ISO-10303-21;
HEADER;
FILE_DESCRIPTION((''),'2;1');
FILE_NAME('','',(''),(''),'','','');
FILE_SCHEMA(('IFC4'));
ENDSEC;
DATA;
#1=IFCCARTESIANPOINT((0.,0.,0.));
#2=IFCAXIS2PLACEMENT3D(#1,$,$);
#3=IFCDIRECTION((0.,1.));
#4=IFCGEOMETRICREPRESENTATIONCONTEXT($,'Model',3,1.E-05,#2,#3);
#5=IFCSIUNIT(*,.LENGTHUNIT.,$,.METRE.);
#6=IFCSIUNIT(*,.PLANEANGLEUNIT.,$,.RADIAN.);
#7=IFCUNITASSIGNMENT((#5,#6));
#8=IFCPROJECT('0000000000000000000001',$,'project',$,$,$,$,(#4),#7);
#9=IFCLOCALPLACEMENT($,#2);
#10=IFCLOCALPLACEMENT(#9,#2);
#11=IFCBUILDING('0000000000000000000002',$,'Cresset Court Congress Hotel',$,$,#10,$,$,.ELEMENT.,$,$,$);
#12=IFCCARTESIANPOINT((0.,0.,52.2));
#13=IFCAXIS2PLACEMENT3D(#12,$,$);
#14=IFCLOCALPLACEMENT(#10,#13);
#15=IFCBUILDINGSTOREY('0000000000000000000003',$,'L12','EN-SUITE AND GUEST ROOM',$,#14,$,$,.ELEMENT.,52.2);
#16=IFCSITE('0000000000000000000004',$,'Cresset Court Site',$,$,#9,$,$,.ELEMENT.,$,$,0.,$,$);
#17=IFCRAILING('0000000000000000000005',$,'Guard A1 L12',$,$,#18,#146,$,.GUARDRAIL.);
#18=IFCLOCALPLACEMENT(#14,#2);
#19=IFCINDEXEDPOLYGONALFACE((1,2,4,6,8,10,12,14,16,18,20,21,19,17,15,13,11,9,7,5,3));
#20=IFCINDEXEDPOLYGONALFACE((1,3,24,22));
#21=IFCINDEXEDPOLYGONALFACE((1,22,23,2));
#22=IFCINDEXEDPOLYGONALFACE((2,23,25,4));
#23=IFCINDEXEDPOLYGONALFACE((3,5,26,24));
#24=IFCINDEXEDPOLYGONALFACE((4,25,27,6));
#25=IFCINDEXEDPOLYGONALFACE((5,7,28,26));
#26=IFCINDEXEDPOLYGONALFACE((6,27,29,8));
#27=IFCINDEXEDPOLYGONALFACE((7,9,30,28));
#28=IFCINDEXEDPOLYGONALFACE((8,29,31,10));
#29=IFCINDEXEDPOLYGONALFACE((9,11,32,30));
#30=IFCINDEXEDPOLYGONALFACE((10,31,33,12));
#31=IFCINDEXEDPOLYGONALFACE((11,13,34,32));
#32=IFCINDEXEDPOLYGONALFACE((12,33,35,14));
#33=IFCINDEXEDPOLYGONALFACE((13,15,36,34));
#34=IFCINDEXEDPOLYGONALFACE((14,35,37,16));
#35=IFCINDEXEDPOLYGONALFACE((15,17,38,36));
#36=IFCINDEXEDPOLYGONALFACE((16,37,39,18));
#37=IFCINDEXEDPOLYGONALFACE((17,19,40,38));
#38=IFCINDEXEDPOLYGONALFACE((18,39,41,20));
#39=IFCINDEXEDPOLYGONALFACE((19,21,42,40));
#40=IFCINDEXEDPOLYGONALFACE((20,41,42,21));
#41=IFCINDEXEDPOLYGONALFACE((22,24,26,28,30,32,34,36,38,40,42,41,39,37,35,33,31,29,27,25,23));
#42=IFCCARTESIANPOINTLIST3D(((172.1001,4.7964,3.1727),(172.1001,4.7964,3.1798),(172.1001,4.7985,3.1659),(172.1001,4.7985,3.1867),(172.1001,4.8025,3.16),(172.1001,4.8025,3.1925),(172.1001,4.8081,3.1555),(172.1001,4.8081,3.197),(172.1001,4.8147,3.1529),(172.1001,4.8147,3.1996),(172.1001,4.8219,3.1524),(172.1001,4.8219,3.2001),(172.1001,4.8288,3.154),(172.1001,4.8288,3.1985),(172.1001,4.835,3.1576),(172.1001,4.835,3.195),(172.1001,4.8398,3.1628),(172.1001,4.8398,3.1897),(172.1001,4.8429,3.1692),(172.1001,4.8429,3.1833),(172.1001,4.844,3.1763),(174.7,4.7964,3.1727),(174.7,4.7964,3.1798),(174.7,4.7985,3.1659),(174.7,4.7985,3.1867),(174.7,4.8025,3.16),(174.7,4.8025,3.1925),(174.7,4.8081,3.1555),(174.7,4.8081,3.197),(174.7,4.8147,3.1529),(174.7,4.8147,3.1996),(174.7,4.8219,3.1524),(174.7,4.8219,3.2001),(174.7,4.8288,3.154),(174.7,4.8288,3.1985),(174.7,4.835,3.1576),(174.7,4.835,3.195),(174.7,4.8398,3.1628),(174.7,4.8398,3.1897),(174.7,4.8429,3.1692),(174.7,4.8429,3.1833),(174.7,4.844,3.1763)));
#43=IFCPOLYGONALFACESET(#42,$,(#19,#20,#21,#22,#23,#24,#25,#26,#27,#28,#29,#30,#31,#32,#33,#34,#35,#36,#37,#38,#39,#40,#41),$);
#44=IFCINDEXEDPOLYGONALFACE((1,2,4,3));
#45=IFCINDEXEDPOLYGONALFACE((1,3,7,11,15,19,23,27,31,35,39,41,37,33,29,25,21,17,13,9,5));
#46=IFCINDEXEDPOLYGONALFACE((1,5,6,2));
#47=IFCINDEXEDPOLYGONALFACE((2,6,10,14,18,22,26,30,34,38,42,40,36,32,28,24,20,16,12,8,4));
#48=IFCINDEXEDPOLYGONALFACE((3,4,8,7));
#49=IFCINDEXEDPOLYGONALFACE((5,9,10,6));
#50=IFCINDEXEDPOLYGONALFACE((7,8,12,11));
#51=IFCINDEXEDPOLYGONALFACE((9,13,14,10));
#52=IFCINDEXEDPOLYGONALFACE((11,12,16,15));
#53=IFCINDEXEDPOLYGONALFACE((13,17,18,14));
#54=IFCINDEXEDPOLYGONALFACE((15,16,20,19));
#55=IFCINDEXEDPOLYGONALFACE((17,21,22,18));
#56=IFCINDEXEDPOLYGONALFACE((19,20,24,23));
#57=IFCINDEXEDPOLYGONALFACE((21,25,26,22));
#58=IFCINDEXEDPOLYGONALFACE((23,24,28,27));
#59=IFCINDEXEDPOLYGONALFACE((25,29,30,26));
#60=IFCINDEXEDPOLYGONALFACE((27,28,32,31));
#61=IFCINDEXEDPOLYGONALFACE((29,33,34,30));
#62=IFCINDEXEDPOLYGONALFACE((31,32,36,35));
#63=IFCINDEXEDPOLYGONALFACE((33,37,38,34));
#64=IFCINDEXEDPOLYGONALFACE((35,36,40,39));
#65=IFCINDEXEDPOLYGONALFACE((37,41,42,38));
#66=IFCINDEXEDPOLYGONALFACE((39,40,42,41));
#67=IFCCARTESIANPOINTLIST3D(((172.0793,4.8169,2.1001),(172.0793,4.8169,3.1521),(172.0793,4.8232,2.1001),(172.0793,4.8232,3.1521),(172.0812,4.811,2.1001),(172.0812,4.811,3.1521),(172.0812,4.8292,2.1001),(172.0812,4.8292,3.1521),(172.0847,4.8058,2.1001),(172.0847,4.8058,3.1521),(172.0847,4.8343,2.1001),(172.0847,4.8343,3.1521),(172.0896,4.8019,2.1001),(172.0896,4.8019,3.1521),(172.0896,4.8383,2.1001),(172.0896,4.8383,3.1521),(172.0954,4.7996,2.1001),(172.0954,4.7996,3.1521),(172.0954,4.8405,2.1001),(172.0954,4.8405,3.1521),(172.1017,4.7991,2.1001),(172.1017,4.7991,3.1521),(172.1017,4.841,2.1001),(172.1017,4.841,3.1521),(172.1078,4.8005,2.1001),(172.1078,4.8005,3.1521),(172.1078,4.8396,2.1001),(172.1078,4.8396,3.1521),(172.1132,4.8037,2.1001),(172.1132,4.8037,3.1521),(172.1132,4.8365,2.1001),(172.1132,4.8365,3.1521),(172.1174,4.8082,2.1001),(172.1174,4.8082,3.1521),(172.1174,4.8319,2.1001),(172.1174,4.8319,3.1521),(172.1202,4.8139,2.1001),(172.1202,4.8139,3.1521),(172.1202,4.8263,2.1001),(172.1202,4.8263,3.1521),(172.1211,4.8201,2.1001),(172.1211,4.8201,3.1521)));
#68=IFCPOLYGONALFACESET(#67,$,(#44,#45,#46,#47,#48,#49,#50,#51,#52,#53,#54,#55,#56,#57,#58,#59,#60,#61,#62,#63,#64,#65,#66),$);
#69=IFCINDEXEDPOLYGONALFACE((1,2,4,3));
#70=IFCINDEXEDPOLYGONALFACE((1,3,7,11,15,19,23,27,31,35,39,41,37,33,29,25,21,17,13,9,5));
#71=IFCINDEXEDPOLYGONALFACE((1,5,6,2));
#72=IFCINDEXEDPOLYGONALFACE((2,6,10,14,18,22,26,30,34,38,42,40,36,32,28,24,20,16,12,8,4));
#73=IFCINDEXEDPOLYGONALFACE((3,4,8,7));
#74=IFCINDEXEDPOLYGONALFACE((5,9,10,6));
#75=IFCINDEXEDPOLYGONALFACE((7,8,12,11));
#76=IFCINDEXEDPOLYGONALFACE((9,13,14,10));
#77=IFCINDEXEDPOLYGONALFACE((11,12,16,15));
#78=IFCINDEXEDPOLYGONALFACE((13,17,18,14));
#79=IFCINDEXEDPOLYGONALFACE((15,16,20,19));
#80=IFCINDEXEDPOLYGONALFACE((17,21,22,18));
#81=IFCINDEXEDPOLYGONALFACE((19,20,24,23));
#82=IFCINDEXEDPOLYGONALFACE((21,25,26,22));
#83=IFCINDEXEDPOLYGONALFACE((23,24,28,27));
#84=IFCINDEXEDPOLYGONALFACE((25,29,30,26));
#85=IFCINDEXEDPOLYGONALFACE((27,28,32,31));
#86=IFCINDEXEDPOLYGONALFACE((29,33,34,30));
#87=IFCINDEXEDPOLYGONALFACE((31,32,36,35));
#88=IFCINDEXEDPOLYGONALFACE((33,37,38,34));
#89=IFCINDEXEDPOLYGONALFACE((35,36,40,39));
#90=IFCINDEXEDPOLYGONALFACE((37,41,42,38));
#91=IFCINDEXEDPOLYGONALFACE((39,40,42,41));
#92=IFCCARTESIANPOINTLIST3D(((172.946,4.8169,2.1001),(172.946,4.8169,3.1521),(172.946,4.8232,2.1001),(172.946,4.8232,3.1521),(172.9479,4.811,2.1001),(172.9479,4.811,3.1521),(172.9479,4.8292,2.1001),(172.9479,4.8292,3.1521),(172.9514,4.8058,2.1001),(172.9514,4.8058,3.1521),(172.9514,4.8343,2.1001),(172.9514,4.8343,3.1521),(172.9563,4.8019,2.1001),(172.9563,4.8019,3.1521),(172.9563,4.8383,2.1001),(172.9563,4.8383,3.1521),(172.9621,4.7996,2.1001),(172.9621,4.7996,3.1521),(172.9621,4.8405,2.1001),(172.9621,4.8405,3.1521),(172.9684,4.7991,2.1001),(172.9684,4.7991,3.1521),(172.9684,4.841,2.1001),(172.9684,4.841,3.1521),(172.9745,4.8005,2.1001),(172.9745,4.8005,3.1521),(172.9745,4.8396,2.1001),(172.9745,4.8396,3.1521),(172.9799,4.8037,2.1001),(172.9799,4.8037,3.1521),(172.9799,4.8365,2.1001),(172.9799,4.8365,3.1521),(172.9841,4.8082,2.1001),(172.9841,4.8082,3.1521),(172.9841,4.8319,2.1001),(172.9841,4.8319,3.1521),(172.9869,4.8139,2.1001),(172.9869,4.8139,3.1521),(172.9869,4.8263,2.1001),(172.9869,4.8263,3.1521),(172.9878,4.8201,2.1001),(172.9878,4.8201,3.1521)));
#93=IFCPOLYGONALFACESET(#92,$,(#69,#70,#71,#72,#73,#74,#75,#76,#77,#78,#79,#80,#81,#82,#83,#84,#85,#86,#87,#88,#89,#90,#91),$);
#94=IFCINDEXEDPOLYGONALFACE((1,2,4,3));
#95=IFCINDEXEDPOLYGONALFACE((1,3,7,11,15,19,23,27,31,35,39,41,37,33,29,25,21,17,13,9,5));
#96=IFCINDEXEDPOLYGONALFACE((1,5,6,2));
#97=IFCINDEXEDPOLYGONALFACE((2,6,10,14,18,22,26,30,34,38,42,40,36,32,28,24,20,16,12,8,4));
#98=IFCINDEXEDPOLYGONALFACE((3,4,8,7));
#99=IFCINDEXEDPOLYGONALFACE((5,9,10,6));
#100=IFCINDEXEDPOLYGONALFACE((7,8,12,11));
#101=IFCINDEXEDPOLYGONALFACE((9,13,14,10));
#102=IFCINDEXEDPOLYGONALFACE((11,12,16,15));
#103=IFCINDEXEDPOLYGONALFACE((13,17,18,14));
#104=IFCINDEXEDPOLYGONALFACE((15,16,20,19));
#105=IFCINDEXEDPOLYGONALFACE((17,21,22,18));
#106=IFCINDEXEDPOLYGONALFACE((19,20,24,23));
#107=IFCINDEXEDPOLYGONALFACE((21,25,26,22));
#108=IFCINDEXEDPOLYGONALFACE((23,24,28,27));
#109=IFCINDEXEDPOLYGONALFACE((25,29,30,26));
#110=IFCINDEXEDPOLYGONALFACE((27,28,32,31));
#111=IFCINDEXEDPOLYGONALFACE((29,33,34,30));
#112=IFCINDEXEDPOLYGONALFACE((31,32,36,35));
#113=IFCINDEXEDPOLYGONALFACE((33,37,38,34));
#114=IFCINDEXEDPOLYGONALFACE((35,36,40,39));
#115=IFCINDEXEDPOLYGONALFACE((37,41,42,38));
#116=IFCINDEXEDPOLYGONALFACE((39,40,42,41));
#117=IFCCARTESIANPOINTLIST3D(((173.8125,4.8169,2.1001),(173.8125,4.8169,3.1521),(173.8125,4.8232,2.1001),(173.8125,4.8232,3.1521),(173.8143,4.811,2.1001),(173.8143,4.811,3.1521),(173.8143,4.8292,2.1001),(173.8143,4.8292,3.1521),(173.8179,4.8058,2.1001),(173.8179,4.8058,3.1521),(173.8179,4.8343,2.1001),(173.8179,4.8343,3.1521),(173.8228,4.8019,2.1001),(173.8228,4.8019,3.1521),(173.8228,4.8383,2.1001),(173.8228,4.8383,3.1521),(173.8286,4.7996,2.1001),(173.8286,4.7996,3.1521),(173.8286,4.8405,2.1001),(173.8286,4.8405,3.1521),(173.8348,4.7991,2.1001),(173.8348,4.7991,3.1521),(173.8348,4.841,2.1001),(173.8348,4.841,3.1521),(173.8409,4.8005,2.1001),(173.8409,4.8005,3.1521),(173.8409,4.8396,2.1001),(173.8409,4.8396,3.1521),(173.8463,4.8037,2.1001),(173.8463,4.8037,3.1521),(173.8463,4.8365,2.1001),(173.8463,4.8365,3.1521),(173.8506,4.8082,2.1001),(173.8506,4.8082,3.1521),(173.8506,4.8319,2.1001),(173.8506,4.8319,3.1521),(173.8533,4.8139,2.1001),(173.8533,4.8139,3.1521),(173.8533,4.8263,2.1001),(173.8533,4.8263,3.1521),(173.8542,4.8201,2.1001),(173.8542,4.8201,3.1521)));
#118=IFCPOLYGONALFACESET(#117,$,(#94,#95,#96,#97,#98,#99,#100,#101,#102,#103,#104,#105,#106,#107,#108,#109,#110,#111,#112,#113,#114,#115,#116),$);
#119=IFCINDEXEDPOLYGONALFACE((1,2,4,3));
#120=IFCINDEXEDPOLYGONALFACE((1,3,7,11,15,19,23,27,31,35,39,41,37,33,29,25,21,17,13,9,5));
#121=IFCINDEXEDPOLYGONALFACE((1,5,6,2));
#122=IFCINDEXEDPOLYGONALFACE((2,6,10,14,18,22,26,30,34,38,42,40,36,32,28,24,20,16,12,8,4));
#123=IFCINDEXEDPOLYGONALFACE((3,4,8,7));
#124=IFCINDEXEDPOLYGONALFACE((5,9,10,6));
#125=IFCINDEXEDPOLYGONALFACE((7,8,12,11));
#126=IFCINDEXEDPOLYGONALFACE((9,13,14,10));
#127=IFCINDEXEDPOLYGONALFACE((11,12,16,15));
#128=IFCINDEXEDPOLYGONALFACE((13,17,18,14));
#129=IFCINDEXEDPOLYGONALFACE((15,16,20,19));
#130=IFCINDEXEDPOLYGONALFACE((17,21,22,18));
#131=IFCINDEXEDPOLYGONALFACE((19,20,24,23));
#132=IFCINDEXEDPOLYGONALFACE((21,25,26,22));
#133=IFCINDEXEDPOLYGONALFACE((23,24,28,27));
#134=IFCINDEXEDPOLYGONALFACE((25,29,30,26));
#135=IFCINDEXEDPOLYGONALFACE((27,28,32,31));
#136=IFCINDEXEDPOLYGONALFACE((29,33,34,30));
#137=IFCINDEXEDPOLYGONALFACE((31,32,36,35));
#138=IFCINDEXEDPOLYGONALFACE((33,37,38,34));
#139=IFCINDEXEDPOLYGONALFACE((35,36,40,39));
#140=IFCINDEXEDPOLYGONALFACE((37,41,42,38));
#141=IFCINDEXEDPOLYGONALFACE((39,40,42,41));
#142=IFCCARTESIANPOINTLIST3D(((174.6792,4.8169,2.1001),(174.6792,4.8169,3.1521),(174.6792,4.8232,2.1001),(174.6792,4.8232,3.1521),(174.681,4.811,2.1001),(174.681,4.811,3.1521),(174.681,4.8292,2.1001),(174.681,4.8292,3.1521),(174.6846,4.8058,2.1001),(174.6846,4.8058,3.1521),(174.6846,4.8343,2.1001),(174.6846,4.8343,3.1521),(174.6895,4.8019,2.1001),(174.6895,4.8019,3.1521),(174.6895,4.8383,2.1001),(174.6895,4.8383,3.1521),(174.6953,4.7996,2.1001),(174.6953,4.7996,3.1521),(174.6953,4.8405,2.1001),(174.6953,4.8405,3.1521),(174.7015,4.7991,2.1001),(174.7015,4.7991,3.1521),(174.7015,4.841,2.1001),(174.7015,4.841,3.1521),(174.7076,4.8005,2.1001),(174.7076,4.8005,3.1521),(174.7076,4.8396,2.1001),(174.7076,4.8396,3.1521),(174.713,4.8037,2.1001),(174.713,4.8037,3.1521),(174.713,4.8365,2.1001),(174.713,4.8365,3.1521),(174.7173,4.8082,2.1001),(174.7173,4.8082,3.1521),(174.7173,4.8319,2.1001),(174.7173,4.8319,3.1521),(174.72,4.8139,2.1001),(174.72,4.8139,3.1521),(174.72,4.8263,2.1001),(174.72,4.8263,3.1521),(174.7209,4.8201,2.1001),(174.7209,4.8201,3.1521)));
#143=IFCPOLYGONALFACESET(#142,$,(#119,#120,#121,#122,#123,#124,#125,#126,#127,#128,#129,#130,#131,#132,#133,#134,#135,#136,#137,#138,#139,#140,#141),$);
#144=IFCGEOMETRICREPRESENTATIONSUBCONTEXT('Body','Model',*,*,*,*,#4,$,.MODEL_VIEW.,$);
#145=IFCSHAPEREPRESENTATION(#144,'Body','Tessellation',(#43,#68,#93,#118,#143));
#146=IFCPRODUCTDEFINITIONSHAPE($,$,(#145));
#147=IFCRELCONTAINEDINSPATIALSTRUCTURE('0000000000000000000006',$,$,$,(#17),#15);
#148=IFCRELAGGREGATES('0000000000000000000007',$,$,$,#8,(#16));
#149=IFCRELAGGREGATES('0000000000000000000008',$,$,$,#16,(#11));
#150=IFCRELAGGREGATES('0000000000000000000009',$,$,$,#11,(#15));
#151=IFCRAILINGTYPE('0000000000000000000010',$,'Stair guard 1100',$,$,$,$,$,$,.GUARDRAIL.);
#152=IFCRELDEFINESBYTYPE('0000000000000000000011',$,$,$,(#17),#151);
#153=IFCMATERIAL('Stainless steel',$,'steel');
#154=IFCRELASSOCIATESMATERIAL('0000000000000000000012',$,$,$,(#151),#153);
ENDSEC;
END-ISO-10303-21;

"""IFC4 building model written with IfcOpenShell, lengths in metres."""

from ifc_helpers import new_model, si_unit, direction, frame, origin, origin_2d, place, context, subcontext, project, spatial, circle, extrude, material, type_object, element, save


model = new_model("IFC4")

# Units and contexts
model_context = context("Model", 3, precision=1e-05, world=origin(), true_north=direction((0.0, 1.0)))
body_context = subcontext(model_context, "Body", "Model", "MODEL_VIEW")
ifc_project = project(units=[si_unit("LENGTHUNIT", "METRE"), si_unit("PLANEANGLEUNIT", "RADIAN")], contexts=[model_context])

# Site, building, storey
site_placement = place(None, origin())
site = spatial("IfcSite", under=ifc_project, at=site_placement, Name="Cresset Court Site", CompositionType="ELEMENT", RefElevation=0.0)
building_placement = place(site_placement, origin())
building = spatial("IfcBuilding", under=site, at=building_placement, Name="Cresset Court Congress Hotel", CompositionType="ELEMENT")
storey_placement = place(building_placement, frame((0.0, 0.0, 52.2)))
storey = spatial("IfcBuildingStorey", under=building, at=storey_placement, Name="L12", Description="EN-SUITE AND GUEST ROOM", CompositionType="ELEMENT", Elevation=52.2)

# Railing
ifc_material_1 = material(Name="Stainless steel", Category="steel")
railing_type_1 = type_object("IfcRailingType", Name="Stair guard 1100", PredefinedType="GUARDRAIL", material=ifc_material_1)
railing_1_placement = place(storey_placement, frame((172.1001, 4.8201, 2.1001)))
element("IfcRailing", 1, at=railing_1_placement, inside=storey, type_object=railing_type_1, Name="Guard A1 L12", PredefinedType="GUARDRAIL", context=body_context, shape_type="SweptSolid", body=[
    extrude(circle(Radius=0.0239, at=origin_2d()), frame((0.0, 0.0, 1.0762), z_axis=(1.0, 0.0, 0.0), x_axis=(0.0, 1.0, 0.0)), (0.0, 0.0, 1.0), 2.5999),
    extrude(circle(Radius=0.021, at=origin_2d()), origin(), (0.0, 0.0, 1.0), 1.052),
    extrude(circle(Radius=0.021, at=origin_2d()), frame((0.8667, 0.0, 0.0)), (0.0, 0.0, 1.0), 1.052),
    extrude(circle(Radius=0.021, at=origin_2d()), frame((1.7332, 0.0, 0.0)), (0.0, 0.0, 1.0), 1.052),
    extrude(circle(Radius=0.021, at=origin_2d()), frame((2.5999, 0.0, 0.0)), (0.0, 0.0, 1.0), 1.052),
])

save(model, "model.ifc")
